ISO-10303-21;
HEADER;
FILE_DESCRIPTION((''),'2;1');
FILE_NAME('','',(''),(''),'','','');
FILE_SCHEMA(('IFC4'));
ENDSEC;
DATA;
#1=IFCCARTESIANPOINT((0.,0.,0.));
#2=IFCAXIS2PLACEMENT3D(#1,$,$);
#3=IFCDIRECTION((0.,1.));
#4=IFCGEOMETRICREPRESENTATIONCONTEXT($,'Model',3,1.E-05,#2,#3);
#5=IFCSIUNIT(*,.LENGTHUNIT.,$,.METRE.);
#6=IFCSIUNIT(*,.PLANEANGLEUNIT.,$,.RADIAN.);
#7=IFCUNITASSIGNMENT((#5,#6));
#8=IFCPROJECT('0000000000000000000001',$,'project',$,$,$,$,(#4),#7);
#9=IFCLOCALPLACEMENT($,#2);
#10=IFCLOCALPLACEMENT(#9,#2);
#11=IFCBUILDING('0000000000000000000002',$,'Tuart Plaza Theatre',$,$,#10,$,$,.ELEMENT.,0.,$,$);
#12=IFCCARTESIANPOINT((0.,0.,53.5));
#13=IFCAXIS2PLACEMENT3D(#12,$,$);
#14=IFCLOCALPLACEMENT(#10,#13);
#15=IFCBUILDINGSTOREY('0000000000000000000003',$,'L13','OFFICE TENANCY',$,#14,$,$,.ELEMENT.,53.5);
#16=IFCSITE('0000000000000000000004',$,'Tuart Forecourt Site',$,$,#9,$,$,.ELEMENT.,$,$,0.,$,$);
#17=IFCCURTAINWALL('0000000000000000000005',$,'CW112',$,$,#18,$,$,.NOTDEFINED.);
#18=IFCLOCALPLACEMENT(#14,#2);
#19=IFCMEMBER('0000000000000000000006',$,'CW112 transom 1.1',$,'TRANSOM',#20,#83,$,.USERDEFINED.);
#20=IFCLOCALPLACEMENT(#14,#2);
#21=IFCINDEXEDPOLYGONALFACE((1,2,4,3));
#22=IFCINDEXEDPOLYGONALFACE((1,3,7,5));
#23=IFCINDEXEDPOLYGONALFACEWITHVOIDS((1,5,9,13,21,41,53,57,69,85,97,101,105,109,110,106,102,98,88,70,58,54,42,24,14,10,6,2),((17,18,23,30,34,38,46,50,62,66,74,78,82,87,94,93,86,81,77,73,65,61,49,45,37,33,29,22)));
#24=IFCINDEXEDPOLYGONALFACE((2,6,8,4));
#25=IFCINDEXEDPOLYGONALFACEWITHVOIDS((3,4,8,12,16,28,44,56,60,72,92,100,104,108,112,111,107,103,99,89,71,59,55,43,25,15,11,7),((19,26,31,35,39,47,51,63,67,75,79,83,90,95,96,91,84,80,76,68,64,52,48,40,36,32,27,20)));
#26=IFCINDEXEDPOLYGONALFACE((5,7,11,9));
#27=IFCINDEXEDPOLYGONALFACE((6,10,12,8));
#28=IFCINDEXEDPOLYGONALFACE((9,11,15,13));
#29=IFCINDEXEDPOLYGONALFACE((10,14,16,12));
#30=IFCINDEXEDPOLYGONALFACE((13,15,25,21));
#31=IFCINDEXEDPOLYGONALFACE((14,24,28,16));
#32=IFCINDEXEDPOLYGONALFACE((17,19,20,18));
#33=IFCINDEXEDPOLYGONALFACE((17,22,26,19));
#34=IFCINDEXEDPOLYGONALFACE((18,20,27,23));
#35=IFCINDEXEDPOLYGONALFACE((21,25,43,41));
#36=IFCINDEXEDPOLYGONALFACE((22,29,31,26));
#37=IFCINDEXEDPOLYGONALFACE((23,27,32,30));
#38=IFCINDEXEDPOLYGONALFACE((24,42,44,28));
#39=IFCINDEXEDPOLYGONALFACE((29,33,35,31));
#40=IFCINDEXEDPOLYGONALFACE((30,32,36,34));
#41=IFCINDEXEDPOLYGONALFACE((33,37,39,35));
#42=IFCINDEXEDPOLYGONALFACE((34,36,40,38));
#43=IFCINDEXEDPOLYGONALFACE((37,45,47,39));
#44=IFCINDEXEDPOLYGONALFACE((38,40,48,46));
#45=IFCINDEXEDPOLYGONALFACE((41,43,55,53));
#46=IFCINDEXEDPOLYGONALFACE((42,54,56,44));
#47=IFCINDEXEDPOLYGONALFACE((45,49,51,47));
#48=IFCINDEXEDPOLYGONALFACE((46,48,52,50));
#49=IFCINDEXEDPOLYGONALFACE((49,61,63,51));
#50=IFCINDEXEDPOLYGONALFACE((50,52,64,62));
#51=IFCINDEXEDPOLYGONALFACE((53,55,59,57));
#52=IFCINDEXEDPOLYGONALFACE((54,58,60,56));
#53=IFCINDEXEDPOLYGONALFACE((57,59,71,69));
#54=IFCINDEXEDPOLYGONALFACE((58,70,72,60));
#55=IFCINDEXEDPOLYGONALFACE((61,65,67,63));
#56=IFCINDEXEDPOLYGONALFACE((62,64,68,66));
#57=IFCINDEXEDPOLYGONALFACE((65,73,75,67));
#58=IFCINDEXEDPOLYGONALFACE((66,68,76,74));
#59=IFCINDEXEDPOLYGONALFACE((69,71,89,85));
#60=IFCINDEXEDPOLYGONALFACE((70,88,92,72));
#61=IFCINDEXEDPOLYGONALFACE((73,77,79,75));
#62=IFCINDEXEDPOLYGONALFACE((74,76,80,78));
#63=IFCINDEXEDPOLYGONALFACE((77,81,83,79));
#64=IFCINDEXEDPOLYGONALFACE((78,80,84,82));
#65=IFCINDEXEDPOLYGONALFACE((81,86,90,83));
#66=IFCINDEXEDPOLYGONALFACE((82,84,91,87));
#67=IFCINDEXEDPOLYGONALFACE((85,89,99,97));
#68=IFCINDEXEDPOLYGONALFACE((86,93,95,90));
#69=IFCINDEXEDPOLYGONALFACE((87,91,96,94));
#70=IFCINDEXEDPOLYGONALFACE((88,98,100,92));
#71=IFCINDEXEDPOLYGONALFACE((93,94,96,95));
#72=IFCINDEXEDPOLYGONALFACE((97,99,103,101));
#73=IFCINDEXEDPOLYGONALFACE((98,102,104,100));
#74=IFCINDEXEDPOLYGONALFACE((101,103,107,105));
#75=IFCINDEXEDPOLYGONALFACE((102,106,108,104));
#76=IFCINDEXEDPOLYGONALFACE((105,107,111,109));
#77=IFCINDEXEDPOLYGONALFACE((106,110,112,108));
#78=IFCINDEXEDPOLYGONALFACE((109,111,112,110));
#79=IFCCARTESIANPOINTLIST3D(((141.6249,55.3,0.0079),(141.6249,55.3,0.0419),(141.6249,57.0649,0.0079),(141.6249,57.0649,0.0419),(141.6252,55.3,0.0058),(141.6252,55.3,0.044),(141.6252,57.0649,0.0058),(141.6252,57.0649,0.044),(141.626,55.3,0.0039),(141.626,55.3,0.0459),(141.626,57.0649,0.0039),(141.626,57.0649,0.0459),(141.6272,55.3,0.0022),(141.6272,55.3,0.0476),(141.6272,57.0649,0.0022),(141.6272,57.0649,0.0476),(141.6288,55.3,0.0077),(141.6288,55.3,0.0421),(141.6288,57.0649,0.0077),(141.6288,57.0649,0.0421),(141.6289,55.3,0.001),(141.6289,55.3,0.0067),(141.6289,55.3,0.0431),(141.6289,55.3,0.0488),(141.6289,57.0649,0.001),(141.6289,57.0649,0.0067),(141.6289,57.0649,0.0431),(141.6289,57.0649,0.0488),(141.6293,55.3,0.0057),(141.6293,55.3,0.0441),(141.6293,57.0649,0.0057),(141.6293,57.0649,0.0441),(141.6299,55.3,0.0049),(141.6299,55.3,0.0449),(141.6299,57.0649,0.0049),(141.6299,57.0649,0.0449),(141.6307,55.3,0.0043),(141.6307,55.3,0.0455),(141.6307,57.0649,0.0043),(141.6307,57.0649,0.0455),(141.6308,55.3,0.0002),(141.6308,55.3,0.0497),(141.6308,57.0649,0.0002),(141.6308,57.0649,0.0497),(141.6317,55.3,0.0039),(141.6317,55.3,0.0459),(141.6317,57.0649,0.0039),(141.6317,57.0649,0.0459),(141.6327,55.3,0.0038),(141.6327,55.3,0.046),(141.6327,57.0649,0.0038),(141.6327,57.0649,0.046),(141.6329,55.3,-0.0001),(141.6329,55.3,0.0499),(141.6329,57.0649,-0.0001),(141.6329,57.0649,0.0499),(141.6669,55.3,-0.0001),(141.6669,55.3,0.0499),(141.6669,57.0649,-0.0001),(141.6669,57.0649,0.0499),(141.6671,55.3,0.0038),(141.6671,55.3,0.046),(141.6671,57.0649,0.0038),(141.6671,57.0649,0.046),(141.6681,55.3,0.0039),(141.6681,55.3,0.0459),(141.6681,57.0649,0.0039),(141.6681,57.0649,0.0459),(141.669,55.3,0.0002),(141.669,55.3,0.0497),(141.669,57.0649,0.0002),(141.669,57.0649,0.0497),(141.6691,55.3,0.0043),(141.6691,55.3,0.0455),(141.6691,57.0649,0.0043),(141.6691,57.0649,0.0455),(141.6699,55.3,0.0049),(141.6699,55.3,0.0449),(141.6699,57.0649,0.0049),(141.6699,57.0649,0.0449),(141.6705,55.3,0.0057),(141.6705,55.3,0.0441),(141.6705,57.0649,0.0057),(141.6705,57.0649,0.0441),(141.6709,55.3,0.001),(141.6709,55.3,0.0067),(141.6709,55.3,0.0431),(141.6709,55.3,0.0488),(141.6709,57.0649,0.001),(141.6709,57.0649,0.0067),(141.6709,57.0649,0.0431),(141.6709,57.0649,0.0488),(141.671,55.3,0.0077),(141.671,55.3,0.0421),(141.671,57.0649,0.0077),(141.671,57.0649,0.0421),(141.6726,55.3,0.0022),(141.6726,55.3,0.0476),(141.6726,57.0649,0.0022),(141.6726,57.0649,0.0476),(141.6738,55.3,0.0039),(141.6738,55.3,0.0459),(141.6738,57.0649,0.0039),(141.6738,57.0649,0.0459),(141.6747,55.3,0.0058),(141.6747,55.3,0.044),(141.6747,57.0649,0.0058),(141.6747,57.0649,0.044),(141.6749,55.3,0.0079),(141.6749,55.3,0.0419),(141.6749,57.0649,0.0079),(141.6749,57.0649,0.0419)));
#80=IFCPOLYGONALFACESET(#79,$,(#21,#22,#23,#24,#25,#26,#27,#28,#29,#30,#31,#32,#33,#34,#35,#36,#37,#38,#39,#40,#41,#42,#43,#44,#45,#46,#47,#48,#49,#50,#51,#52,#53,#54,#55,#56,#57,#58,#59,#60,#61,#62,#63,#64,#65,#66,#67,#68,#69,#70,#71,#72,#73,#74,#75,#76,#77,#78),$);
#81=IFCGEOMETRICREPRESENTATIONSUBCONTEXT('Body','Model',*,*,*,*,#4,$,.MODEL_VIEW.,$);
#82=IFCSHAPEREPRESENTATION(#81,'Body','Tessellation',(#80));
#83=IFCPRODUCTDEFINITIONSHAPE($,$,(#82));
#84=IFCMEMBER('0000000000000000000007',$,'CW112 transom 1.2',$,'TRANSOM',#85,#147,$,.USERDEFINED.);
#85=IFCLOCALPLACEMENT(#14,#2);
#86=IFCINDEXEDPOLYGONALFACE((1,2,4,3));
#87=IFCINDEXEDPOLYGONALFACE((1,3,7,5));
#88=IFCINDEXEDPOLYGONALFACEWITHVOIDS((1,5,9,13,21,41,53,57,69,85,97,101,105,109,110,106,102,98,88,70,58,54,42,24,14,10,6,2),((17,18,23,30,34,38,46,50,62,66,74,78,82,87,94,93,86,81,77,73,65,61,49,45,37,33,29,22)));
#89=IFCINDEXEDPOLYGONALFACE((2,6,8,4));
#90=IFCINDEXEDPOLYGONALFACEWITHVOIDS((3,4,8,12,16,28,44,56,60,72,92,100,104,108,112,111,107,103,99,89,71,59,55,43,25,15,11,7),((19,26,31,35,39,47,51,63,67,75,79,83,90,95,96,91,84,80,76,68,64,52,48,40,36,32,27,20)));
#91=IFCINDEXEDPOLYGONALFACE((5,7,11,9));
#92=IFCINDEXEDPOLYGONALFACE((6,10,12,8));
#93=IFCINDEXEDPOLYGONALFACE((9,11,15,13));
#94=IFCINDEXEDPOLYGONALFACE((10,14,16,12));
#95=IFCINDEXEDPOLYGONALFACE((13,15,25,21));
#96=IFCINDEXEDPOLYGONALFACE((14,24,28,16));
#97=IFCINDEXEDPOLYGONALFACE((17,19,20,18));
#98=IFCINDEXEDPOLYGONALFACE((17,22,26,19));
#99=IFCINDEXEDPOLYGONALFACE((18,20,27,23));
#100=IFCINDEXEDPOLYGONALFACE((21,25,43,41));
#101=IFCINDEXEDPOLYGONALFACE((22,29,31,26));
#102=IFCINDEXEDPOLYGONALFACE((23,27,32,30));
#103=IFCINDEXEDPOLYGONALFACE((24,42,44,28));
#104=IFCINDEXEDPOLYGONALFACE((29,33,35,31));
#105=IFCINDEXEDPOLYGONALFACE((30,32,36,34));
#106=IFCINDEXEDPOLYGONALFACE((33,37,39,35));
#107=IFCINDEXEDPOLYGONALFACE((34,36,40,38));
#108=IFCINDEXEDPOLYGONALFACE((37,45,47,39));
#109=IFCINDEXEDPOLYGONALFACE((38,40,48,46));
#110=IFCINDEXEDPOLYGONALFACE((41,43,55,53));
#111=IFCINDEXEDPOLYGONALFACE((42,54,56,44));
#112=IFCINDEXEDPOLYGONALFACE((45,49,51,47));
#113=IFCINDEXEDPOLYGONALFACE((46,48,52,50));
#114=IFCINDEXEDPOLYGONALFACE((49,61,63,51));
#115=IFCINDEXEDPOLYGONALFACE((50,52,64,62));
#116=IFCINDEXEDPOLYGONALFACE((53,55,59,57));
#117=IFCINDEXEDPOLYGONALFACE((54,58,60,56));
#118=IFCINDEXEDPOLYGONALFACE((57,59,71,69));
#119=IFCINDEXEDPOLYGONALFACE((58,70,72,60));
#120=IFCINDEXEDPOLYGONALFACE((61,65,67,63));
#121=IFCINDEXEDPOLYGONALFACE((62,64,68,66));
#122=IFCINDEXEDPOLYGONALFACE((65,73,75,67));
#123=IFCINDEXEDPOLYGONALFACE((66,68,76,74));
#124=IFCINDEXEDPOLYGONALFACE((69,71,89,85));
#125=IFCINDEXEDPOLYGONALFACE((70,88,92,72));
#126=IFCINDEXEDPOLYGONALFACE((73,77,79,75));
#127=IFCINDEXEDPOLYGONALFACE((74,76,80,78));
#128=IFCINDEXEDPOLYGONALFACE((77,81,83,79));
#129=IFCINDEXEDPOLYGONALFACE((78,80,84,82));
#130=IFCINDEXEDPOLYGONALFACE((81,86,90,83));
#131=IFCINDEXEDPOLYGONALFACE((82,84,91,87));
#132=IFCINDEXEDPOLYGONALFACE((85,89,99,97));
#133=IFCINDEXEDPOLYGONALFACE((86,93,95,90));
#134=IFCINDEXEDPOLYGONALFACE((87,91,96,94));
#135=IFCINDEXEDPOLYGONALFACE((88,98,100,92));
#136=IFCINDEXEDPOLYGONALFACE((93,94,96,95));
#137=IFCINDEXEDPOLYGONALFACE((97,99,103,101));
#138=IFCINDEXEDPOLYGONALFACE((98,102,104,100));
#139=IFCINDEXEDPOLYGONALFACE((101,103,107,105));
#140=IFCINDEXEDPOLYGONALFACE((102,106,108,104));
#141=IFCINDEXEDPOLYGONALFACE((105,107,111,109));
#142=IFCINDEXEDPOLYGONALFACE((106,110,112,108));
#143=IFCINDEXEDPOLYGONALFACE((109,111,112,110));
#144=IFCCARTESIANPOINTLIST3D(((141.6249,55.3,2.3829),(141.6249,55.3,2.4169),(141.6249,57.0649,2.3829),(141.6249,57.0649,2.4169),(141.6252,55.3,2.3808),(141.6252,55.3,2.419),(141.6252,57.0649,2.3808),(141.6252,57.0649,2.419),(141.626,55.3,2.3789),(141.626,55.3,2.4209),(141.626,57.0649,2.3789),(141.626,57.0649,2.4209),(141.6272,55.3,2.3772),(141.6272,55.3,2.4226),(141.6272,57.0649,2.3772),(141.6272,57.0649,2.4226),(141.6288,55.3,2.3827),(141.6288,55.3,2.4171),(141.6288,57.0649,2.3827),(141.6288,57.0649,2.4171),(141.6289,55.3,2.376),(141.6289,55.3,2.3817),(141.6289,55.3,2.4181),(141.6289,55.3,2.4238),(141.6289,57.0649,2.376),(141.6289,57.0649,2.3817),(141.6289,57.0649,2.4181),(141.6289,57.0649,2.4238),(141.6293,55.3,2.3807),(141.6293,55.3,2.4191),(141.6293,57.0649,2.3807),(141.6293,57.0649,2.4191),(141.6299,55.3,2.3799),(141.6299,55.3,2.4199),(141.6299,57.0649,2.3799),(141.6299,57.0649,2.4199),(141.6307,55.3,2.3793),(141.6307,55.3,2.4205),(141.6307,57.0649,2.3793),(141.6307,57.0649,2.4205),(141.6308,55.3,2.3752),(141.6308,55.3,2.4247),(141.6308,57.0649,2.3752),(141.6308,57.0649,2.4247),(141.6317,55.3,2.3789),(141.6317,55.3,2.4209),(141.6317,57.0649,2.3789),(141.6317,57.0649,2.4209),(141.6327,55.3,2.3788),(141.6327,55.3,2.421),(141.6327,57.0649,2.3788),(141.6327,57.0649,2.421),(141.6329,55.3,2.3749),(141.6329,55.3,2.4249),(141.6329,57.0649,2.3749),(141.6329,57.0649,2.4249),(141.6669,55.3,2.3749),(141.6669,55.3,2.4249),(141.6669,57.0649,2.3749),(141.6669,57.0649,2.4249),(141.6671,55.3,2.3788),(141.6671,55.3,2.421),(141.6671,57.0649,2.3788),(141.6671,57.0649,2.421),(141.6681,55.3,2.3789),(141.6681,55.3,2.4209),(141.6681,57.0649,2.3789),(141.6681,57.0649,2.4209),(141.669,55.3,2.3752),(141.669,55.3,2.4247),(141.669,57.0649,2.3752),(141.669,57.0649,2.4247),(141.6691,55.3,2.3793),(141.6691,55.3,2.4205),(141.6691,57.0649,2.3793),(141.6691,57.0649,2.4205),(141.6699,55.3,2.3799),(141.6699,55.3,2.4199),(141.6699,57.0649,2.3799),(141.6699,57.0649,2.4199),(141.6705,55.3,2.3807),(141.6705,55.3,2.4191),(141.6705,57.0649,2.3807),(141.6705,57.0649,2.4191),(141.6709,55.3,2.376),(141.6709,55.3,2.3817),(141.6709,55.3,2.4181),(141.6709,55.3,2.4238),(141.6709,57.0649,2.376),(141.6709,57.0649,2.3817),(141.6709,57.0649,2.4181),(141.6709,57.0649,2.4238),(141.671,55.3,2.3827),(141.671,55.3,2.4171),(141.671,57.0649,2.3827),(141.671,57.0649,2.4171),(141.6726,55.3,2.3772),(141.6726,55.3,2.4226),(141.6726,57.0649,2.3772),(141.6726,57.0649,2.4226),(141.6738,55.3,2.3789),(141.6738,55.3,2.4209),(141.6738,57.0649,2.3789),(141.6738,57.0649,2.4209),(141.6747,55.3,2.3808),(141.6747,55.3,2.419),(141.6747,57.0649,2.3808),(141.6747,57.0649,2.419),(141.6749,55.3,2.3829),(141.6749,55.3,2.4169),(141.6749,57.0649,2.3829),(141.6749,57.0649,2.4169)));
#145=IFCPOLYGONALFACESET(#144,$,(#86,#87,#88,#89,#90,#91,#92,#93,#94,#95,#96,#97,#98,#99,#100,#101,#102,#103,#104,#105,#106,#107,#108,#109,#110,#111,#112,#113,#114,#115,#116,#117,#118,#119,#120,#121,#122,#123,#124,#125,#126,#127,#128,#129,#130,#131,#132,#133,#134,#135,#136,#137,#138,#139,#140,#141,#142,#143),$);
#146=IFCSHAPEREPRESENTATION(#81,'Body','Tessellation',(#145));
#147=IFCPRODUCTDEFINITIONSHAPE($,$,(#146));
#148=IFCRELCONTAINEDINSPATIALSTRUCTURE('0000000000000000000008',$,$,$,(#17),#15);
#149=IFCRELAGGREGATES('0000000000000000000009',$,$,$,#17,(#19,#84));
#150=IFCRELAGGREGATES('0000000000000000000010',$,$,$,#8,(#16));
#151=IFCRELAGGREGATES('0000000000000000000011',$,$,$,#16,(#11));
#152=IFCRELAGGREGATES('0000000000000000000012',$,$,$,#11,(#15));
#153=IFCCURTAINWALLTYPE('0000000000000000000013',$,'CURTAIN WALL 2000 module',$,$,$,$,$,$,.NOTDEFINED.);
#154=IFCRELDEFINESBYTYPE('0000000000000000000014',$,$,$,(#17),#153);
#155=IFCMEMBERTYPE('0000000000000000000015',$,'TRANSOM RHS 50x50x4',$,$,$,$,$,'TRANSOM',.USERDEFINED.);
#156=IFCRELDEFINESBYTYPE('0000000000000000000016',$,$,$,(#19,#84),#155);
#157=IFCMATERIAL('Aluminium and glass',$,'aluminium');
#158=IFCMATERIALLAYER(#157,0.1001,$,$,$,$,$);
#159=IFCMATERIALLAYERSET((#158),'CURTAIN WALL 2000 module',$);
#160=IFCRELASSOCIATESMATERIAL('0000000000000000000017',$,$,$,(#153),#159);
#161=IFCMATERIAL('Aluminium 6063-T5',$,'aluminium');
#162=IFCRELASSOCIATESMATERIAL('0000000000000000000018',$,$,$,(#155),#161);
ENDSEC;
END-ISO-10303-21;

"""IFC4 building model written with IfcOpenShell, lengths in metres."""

from ifc_helpers import new_model, si_unit, direction, frame, origin, origin_2d, place, context, subcontext, project, spatial, hollow_rectangle, extrude, material, layer, layer_set, material_profile, profile_set, type_object, element, aggregate, save


model = new_model("IFC4")

# Units and contexts
model_context = context("Model", 3, precision=1e-05, world=origin(), true_north=direction((0.0, 1.0)))
body_context = subcontext(model_context, "Body", "Model", "MODEL_VIEW")
ifc_project = project(units=[si_unit("LENGTHUNIT", "METRE"), si_unit("PLANEANGLEUNIT", "RADIAN")], contexts=[model_context])

# Site, building, storey
site_placement = place(None, origin())
site = spatial("IfcSite", under=ifc_project, at=site_placement, Name="Tuart Forecourt Site", CompositionType="ELEMENT", RefElevation=0.0)
building_placement = place(site_placement, origin())
building = spatial("IfcBuilding", under=site, at=building_placement, Name="Tuart Plaza Theatre", CompositionType="ELEMENT", ElevationOfRefHeight=0.0)
storey_placement = place(building_placement, frame((0.0, 0.0, 53.5)))
storey = spatial("IfcBuildingStorey", under=building, at=storey_placement, Name="L13", Description="OFFICE TENANCY", CompositionType="ELEMENT", Elevation=53.5)

# Curtain wall
ifc_material_1 = material(Name="Aluminium and glass", Category="aluminium")
ifc_layer_1 = layer(ifc_material_1, 0.1001)
ifc_layer_set_1 = layer_set([ifc_layer_1], Name="CURTAIN WALL 2000 module")
curtain_wall_type = type_object("IfcCurtainWallType", Name="CURTAIN WALL 2000 module", PredefinedType="NOTDEFINED", material=ifc_layer_set_1)
curtain_wall_1_placement = place(storey_placement, origin())
curtain_wall_1 = element("IfcCurtainWall", 1, at=curtain_wall_1_placement, inside=storey, type_object=curtain_wall_type, Name="CW112", PredefinedType="NOTDEFINED")

# Members
ifc_material_2 = material(Name="Aluminium 6063-T5", Category="aluminium")
ifc_material_profile_1 = material_profile(ifc_material_2, hollow_rectangle(XDim=0.05, YDim=0.05, WallThickness=0.0039, InnerFilletRadius=0.0039, OuterFilletRadius=0.0081, at=origin_2d()), Name="RHS 50x50x4")
ifc_profile_set_1 = profile_set([ifc_material_profile_1], Name="Aluminium 6063-T5")
member_type_1 = type_object("IfcMemberType", Name="TRANSOM RHS 50x50x4", ElementType="TRANSOM", PredefinedType="USERDEFINED", material=ifc_profile_set_1)
member_1_placement = place(storey_placement, frame((141.6499, 55.3, 0.0249), z_axis=(0.0, 1.0, 0.0), x_axis=(-1.0, 0.0, 0.0)))
member_1 = element("IfcMember", 2, at=member_1_placement, type_object=member_type_1, Name="CW112 transom 1.1", ObjectType="TRANSOM", PredefinedType="USERDEFINED", context=body_context, shape_type="SweptSolid", body=[
    extrude(hollow_rectangle(XDim=0.05, YDim=0.05, WallThickness=0.0039, InnerFilletRadius=0.0039, OuterFilletRadius=0.0081, at=origin_2d()), origin(), (0.0, 0.0, 1.0), 1.7649),
])
member_2_placement = place(storey_placement, frame((141.6499, 55.3, 2.3999), z_axis=(0.0, 1.0, 0.0), x_axis=(-1.0, 0.0, 0.0)))
member_2 = element("IfcMember", 3, at=member_2_placement, type_object=member_type_1, Name="CW112 transom 1.2", ObjectType="TRANSOM", PredefinedType="USERDEFINED", context=body_context, shape_type="SweptSolid", body=[
    extrude(hollow_rectangle(XDim=0.05, YDim=0.05, WallThickness=0.0039, InnerFilletRadius=0.0039, OuterFilletRadius=0.0081, at=origin_2d()), origin(), (0.0, 0.0, 1.0), 1.7649),
])

aggregate(curtain_wall_1, [member_1, member_2])

save(model, "model.ifc")
